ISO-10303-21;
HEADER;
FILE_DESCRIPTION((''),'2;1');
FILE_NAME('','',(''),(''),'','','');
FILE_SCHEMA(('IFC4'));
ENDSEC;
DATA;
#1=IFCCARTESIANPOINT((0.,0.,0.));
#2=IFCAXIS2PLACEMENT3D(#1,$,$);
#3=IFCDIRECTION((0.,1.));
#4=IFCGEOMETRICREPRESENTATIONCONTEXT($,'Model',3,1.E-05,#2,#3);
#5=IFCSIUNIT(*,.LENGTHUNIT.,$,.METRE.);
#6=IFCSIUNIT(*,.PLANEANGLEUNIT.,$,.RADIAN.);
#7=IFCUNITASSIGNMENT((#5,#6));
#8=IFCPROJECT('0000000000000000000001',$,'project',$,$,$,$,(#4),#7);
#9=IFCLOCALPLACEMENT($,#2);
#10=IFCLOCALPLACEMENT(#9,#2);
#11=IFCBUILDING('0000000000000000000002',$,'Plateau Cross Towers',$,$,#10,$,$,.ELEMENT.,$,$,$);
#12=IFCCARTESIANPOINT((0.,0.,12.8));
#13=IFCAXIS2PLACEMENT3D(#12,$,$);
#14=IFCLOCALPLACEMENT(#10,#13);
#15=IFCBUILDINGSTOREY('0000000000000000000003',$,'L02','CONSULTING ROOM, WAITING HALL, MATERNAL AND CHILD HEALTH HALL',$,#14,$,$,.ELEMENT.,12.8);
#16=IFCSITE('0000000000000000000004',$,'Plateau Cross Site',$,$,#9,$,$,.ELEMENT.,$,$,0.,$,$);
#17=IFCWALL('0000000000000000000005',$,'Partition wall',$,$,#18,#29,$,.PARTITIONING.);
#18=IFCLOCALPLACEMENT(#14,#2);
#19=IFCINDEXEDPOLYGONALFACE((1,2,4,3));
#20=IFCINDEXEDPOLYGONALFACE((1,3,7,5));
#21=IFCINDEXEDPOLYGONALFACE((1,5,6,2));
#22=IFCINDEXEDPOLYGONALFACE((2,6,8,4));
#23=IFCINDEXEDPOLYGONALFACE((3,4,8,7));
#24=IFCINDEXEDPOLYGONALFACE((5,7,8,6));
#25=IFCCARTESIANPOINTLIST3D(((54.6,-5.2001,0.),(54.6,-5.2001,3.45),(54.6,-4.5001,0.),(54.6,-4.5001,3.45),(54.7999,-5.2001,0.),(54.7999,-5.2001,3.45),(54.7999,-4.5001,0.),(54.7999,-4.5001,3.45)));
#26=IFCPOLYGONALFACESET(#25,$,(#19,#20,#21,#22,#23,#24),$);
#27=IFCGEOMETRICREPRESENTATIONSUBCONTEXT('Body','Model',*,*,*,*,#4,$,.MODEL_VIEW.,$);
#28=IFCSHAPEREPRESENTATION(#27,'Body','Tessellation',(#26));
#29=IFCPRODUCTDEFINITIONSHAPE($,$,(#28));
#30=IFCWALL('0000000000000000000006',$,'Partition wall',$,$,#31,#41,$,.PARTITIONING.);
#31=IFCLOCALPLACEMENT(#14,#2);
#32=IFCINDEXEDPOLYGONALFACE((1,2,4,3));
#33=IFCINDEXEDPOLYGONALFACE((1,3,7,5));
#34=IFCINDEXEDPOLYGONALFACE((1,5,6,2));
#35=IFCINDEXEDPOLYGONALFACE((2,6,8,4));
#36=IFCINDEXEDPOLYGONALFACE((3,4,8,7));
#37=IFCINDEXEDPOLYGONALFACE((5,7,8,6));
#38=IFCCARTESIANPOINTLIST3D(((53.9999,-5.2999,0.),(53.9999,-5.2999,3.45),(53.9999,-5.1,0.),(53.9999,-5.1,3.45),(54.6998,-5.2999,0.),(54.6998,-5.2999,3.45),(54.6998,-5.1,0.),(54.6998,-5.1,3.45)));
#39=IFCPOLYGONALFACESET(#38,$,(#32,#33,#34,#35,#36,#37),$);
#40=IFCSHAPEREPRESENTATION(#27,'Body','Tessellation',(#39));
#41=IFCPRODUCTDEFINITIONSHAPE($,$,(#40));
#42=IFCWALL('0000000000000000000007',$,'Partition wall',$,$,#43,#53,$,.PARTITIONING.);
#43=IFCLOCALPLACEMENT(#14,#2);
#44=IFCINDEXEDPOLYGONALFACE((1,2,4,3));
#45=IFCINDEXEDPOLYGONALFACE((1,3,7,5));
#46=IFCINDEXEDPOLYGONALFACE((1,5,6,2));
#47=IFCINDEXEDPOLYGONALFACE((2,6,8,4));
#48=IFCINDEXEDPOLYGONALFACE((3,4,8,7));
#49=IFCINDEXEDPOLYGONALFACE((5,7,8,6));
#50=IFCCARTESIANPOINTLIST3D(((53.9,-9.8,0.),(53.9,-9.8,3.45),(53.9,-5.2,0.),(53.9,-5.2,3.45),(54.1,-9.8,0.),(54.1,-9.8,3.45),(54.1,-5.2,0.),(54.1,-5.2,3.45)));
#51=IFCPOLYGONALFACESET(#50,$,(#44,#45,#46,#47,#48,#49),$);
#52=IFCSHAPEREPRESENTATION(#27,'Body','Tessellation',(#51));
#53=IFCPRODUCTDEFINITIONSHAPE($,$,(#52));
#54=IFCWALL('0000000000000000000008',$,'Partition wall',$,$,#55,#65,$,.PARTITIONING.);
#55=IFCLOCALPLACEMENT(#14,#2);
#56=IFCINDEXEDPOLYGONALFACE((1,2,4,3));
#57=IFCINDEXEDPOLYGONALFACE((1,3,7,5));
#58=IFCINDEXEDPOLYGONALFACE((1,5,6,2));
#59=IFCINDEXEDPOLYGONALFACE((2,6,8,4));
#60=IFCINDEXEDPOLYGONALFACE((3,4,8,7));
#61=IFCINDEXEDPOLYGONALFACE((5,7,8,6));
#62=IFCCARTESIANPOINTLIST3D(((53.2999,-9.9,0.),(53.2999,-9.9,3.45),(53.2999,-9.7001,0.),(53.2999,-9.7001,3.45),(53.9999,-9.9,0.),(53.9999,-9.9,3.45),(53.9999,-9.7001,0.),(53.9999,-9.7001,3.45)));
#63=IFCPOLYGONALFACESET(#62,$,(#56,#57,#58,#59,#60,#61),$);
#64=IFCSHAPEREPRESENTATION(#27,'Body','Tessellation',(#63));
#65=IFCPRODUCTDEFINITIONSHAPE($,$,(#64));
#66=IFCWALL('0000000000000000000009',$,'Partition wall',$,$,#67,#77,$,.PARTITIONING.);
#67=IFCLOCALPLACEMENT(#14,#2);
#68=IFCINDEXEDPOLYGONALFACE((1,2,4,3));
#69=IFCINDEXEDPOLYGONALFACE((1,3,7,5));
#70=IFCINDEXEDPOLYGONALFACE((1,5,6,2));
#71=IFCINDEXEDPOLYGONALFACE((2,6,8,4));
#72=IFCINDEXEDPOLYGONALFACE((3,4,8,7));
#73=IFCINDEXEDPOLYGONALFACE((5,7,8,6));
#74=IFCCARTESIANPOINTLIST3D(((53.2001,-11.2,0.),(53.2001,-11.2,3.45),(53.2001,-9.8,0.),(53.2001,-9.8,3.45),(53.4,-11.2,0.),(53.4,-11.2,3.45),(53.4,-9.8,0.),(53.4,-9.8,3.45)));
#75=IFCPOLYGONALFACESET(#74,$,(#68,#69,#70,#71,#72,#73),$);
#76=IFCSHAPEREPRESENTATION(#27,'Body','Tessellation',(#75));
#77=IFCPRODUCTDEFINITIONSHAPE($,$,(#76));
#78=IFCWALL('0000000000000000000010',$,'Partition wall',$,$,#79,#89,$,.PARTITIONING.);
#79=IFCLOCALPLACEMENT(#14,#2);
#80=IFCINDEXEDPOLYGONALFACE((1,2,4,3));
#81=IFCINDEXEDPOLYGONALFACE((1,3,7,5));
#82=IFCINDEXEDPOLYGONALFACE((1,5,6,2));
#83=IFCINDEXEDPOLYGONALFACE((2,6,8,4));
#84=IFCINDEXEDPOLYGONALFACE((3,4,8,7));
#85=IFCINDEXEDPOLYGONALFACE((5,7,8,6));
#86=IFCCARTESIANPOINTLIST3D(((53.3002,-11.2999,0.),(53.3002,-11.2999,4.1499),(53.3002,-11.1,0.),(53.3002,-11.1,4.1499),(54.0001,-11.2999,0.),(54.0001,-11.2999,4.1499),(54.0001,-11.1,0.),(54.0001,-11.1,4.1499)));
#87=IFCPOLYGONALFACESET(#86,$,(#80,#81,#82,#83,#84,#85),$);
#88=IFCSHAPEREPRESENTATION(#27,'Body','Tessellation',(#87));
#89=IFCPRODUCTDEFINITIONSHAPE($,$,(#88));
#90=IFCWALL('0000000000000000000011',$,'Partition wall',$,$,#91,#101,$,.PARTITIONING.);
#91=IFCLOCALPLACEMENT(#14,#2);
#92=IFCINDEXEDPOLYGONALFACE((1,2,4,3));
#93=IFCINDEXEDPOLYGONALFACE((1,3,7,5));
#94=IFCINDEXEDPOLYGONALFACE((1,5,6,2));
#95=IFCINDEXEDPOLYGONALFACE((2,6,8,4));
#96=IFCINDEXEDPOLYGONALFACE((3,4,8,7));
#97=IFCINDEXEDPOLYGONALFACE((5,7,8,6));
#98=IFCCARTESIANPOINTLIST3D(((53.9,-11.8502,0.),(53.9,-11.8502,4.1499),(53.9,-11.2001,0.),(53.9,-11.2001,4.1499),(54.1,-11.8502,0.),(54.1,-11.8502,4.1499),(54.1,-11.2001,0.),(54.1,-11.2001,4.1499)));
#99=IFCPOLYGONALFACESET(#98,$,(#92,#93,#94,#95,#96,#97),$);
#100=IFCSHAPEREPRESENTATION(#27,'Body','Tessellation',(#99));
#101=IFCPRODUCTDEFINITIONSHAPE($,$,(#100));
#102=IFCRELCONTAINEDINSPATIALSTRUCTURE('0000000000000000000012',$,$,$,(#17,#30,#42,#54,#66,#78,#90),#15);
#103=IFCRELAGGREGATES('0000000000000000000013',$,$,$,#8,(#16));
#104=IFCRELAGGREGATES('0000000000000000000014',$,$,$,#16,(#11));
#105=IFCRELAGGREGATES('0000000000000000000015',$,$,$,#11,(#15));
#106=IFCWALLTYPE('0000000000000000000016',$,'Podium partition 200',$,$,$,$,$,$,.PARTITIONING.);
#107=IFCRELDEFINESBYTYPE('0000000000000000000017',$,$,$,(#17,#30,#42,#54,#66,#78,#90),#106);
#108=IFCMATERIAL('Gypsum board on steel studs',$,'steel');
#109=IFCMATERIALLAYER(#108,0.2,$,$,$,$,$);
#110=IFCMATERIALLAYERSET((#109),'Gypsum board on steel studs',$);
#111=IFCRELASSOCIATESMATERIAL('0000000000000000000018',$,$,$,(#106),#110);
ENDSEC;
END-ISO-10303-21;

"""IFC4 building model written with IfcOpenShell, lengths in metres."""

from ifc_helpers import new_model, si_unit, direction, frame, frame_2d, origin, place, context, subcontext, project, spatial, rectangle, extrude, material, layer, layer_set, type_object, element, save


model = new_model("IFC4")

# Units and contexts
model_context = context("Model", 3, precision=1e-05, world=origin(), true_north=direction((0.0, 1.0)))
body_context = subcontext(model_context, "Body", "Model", "MODEL_VIEW")
ifc_project = project(units=[si_unit("LENGTHUNIT", "METRE"), si_unit("PLANEANGLEUNIT", "RADIAN")], contexts=[model_context])

# Site, building, storey
site_placement = place(None, origin())
site = spatial("IfcSite", under=ifc_project, at=site_placement, Name="Plateau Cross Site", CompositionType="ELEMENT", RefElevation=0.0)
building_placement = place(site_placement, origin())
building = spatial("IfcBuilding", under=site, at=building_placement, Name="Plateau Cross Towers", CompositionType="ELEMENT")
storey_placement = place(building_placement, frame((0.0, 0.0, 12.8)))
storey = spatial("IfcBuildingStorey", under=building, at=storey_placement, Name="L02", Description="CONSULTING ROOM, WAITING HALL, MATERNAL AND CHILD HEALTH HALL", CompositionType="ELEMENT", Elevation=12.8)

# Shared definitions
ifc_material_1 = material(Name="Gypsum board on steel studs", Category="steel")
ifc_layer_1 = layer(ifc_material_1, 0.2)
ifc_layer_set_1 = layer_set([ifc_layer_1], Name="Gypsum board on steel studs")
wall_type = type_object("IfcWallType", Name="Podium partition 200", PredefinedType="PARTITIONING", material=ifc_layer_set_1)

# Walls
for number, where, z_axis, x_axis, name in (
    (1, (54.7, -4.5, 0.0), (0.0, 0.0, 1.0), (0.0, -1.0, 0.0), "Partition wall"),
    (2, (54.7, -5.2, 0.0), (0.0, 0.0, 1.0), (-1.0, 0.0, 0.0), "Partition wall"),
):
    element("IfcWall", number, at=place(storey_placement, frame(where, z_axis=z_axis, x_axis=x_axis)), inside=storey, type_object=wall_type, Name=name, PredefinedType="PARTITIONING", context=body_context, shape_type="SweptSolid", body=[
        extrude(rectangle(XDim=0.7, YDim=0.2, at=frame_2d((0.3501, 0.0))), origin(), (0.0, 0.0, 1.0), 3.45),
    ])
wall_1_placement = place(storey_placement, frame((54.0, -5.2, 0.0), z_axis=(0.0, 0.0, 1.0), x_axis=(0.0, -1.0, 0.0)))
element("IfcWall", 3, at=wall_1_placement, inside=storey, type_object=wall_type, Name="Partition wall", PredefinedType="PARTITIONING", context=body_context, shape_type="SweptSolid", body=[
    extrude(rectangle(XDim=4.6001, YDim=0.2, at=frame_2d((2.3, 0.0))), origin(), (0.0, 0.0, 1.0), 3.45),
])
wall_2_placement = place(storey_placement, frame((54.0, -9.8, 0.0), z_axis=(0.0, 0.0, 1.0), x_axis=(-1.0, 0.0, 0.0)))
element("IfcWall", 4, at=wall_2_placement, inside=storey, type_object=wall_type, Name="Partition wall", PredefinedType="PARTITIONING", context=body_context, shape_type="SweptSolid", body=[
    extrude(rectangle(XDim=0.7, YDim=0.2, at=frame_2d((0.3501, 0.0))), origin(), (0.0, 0.0, 1.0), 3.45),
])
wall_3_placement = place(storey_placement, frame((53.3, -9.8, 0.0), z_axis=(0.0, 0.0, 1.0), x_axis=(0.0, -1.0, 0.0)))
element("IfcWall", 5, at=wall_3_placement, inside=storey, type_object=wall_type, Name="Partition wall", PredefinedType="PARTITIONING", context=body_context, shape_type="SweptSolid", body=[
    extrude(rectangle(XDim=1.3999, YDim=0.2, at=frame_2d((0.7, 0.0))), origin(), (0.0, 0.0, 1.0), 3.45),
])
wall_4_placement = place(storey_placement, frame((53.3, -11.2, 0.0), z_axis=(0.0, 0.0, 1.0), x_axis=(1.0, 0.0, 0.0)))
element("IfcWall", 6, at=wall_4_placement, inside=storey, type_object=wall_type, Name="Partition wall", PredefinedType="PARTITIONING", context=body_context, shape_type="SweptSolid", body=[
    extrude(rectangle(XDim=0.7, YDim=0.2, at=frame_2d((0.3501, 0.0))), origin(), (0.0, 0.0, 1.0), 4.1499),
])
wall_5_placement = place(storey_placement, frame((54.0, -11.2, 0.0), z_axis=(0.0, 0.0, 1.0), x_axis=(0.0, -1.0, 0.0)))
element("IfcWall", 7, at=wall_5_placement, inside=storey, type_object=wall_type, Name="Partition wall", PredefinedType="PARTITIONING", context=body_context, shape_type="SweptSolid", body=[
    extrude(rectangle(XDim=0.6501, YDim=0.2, at=frame_2d((0.3252, 0.0))), origin(), (0.0, 0.0, 1.0), 4.1499),
])

save(model, "model.ifc")
